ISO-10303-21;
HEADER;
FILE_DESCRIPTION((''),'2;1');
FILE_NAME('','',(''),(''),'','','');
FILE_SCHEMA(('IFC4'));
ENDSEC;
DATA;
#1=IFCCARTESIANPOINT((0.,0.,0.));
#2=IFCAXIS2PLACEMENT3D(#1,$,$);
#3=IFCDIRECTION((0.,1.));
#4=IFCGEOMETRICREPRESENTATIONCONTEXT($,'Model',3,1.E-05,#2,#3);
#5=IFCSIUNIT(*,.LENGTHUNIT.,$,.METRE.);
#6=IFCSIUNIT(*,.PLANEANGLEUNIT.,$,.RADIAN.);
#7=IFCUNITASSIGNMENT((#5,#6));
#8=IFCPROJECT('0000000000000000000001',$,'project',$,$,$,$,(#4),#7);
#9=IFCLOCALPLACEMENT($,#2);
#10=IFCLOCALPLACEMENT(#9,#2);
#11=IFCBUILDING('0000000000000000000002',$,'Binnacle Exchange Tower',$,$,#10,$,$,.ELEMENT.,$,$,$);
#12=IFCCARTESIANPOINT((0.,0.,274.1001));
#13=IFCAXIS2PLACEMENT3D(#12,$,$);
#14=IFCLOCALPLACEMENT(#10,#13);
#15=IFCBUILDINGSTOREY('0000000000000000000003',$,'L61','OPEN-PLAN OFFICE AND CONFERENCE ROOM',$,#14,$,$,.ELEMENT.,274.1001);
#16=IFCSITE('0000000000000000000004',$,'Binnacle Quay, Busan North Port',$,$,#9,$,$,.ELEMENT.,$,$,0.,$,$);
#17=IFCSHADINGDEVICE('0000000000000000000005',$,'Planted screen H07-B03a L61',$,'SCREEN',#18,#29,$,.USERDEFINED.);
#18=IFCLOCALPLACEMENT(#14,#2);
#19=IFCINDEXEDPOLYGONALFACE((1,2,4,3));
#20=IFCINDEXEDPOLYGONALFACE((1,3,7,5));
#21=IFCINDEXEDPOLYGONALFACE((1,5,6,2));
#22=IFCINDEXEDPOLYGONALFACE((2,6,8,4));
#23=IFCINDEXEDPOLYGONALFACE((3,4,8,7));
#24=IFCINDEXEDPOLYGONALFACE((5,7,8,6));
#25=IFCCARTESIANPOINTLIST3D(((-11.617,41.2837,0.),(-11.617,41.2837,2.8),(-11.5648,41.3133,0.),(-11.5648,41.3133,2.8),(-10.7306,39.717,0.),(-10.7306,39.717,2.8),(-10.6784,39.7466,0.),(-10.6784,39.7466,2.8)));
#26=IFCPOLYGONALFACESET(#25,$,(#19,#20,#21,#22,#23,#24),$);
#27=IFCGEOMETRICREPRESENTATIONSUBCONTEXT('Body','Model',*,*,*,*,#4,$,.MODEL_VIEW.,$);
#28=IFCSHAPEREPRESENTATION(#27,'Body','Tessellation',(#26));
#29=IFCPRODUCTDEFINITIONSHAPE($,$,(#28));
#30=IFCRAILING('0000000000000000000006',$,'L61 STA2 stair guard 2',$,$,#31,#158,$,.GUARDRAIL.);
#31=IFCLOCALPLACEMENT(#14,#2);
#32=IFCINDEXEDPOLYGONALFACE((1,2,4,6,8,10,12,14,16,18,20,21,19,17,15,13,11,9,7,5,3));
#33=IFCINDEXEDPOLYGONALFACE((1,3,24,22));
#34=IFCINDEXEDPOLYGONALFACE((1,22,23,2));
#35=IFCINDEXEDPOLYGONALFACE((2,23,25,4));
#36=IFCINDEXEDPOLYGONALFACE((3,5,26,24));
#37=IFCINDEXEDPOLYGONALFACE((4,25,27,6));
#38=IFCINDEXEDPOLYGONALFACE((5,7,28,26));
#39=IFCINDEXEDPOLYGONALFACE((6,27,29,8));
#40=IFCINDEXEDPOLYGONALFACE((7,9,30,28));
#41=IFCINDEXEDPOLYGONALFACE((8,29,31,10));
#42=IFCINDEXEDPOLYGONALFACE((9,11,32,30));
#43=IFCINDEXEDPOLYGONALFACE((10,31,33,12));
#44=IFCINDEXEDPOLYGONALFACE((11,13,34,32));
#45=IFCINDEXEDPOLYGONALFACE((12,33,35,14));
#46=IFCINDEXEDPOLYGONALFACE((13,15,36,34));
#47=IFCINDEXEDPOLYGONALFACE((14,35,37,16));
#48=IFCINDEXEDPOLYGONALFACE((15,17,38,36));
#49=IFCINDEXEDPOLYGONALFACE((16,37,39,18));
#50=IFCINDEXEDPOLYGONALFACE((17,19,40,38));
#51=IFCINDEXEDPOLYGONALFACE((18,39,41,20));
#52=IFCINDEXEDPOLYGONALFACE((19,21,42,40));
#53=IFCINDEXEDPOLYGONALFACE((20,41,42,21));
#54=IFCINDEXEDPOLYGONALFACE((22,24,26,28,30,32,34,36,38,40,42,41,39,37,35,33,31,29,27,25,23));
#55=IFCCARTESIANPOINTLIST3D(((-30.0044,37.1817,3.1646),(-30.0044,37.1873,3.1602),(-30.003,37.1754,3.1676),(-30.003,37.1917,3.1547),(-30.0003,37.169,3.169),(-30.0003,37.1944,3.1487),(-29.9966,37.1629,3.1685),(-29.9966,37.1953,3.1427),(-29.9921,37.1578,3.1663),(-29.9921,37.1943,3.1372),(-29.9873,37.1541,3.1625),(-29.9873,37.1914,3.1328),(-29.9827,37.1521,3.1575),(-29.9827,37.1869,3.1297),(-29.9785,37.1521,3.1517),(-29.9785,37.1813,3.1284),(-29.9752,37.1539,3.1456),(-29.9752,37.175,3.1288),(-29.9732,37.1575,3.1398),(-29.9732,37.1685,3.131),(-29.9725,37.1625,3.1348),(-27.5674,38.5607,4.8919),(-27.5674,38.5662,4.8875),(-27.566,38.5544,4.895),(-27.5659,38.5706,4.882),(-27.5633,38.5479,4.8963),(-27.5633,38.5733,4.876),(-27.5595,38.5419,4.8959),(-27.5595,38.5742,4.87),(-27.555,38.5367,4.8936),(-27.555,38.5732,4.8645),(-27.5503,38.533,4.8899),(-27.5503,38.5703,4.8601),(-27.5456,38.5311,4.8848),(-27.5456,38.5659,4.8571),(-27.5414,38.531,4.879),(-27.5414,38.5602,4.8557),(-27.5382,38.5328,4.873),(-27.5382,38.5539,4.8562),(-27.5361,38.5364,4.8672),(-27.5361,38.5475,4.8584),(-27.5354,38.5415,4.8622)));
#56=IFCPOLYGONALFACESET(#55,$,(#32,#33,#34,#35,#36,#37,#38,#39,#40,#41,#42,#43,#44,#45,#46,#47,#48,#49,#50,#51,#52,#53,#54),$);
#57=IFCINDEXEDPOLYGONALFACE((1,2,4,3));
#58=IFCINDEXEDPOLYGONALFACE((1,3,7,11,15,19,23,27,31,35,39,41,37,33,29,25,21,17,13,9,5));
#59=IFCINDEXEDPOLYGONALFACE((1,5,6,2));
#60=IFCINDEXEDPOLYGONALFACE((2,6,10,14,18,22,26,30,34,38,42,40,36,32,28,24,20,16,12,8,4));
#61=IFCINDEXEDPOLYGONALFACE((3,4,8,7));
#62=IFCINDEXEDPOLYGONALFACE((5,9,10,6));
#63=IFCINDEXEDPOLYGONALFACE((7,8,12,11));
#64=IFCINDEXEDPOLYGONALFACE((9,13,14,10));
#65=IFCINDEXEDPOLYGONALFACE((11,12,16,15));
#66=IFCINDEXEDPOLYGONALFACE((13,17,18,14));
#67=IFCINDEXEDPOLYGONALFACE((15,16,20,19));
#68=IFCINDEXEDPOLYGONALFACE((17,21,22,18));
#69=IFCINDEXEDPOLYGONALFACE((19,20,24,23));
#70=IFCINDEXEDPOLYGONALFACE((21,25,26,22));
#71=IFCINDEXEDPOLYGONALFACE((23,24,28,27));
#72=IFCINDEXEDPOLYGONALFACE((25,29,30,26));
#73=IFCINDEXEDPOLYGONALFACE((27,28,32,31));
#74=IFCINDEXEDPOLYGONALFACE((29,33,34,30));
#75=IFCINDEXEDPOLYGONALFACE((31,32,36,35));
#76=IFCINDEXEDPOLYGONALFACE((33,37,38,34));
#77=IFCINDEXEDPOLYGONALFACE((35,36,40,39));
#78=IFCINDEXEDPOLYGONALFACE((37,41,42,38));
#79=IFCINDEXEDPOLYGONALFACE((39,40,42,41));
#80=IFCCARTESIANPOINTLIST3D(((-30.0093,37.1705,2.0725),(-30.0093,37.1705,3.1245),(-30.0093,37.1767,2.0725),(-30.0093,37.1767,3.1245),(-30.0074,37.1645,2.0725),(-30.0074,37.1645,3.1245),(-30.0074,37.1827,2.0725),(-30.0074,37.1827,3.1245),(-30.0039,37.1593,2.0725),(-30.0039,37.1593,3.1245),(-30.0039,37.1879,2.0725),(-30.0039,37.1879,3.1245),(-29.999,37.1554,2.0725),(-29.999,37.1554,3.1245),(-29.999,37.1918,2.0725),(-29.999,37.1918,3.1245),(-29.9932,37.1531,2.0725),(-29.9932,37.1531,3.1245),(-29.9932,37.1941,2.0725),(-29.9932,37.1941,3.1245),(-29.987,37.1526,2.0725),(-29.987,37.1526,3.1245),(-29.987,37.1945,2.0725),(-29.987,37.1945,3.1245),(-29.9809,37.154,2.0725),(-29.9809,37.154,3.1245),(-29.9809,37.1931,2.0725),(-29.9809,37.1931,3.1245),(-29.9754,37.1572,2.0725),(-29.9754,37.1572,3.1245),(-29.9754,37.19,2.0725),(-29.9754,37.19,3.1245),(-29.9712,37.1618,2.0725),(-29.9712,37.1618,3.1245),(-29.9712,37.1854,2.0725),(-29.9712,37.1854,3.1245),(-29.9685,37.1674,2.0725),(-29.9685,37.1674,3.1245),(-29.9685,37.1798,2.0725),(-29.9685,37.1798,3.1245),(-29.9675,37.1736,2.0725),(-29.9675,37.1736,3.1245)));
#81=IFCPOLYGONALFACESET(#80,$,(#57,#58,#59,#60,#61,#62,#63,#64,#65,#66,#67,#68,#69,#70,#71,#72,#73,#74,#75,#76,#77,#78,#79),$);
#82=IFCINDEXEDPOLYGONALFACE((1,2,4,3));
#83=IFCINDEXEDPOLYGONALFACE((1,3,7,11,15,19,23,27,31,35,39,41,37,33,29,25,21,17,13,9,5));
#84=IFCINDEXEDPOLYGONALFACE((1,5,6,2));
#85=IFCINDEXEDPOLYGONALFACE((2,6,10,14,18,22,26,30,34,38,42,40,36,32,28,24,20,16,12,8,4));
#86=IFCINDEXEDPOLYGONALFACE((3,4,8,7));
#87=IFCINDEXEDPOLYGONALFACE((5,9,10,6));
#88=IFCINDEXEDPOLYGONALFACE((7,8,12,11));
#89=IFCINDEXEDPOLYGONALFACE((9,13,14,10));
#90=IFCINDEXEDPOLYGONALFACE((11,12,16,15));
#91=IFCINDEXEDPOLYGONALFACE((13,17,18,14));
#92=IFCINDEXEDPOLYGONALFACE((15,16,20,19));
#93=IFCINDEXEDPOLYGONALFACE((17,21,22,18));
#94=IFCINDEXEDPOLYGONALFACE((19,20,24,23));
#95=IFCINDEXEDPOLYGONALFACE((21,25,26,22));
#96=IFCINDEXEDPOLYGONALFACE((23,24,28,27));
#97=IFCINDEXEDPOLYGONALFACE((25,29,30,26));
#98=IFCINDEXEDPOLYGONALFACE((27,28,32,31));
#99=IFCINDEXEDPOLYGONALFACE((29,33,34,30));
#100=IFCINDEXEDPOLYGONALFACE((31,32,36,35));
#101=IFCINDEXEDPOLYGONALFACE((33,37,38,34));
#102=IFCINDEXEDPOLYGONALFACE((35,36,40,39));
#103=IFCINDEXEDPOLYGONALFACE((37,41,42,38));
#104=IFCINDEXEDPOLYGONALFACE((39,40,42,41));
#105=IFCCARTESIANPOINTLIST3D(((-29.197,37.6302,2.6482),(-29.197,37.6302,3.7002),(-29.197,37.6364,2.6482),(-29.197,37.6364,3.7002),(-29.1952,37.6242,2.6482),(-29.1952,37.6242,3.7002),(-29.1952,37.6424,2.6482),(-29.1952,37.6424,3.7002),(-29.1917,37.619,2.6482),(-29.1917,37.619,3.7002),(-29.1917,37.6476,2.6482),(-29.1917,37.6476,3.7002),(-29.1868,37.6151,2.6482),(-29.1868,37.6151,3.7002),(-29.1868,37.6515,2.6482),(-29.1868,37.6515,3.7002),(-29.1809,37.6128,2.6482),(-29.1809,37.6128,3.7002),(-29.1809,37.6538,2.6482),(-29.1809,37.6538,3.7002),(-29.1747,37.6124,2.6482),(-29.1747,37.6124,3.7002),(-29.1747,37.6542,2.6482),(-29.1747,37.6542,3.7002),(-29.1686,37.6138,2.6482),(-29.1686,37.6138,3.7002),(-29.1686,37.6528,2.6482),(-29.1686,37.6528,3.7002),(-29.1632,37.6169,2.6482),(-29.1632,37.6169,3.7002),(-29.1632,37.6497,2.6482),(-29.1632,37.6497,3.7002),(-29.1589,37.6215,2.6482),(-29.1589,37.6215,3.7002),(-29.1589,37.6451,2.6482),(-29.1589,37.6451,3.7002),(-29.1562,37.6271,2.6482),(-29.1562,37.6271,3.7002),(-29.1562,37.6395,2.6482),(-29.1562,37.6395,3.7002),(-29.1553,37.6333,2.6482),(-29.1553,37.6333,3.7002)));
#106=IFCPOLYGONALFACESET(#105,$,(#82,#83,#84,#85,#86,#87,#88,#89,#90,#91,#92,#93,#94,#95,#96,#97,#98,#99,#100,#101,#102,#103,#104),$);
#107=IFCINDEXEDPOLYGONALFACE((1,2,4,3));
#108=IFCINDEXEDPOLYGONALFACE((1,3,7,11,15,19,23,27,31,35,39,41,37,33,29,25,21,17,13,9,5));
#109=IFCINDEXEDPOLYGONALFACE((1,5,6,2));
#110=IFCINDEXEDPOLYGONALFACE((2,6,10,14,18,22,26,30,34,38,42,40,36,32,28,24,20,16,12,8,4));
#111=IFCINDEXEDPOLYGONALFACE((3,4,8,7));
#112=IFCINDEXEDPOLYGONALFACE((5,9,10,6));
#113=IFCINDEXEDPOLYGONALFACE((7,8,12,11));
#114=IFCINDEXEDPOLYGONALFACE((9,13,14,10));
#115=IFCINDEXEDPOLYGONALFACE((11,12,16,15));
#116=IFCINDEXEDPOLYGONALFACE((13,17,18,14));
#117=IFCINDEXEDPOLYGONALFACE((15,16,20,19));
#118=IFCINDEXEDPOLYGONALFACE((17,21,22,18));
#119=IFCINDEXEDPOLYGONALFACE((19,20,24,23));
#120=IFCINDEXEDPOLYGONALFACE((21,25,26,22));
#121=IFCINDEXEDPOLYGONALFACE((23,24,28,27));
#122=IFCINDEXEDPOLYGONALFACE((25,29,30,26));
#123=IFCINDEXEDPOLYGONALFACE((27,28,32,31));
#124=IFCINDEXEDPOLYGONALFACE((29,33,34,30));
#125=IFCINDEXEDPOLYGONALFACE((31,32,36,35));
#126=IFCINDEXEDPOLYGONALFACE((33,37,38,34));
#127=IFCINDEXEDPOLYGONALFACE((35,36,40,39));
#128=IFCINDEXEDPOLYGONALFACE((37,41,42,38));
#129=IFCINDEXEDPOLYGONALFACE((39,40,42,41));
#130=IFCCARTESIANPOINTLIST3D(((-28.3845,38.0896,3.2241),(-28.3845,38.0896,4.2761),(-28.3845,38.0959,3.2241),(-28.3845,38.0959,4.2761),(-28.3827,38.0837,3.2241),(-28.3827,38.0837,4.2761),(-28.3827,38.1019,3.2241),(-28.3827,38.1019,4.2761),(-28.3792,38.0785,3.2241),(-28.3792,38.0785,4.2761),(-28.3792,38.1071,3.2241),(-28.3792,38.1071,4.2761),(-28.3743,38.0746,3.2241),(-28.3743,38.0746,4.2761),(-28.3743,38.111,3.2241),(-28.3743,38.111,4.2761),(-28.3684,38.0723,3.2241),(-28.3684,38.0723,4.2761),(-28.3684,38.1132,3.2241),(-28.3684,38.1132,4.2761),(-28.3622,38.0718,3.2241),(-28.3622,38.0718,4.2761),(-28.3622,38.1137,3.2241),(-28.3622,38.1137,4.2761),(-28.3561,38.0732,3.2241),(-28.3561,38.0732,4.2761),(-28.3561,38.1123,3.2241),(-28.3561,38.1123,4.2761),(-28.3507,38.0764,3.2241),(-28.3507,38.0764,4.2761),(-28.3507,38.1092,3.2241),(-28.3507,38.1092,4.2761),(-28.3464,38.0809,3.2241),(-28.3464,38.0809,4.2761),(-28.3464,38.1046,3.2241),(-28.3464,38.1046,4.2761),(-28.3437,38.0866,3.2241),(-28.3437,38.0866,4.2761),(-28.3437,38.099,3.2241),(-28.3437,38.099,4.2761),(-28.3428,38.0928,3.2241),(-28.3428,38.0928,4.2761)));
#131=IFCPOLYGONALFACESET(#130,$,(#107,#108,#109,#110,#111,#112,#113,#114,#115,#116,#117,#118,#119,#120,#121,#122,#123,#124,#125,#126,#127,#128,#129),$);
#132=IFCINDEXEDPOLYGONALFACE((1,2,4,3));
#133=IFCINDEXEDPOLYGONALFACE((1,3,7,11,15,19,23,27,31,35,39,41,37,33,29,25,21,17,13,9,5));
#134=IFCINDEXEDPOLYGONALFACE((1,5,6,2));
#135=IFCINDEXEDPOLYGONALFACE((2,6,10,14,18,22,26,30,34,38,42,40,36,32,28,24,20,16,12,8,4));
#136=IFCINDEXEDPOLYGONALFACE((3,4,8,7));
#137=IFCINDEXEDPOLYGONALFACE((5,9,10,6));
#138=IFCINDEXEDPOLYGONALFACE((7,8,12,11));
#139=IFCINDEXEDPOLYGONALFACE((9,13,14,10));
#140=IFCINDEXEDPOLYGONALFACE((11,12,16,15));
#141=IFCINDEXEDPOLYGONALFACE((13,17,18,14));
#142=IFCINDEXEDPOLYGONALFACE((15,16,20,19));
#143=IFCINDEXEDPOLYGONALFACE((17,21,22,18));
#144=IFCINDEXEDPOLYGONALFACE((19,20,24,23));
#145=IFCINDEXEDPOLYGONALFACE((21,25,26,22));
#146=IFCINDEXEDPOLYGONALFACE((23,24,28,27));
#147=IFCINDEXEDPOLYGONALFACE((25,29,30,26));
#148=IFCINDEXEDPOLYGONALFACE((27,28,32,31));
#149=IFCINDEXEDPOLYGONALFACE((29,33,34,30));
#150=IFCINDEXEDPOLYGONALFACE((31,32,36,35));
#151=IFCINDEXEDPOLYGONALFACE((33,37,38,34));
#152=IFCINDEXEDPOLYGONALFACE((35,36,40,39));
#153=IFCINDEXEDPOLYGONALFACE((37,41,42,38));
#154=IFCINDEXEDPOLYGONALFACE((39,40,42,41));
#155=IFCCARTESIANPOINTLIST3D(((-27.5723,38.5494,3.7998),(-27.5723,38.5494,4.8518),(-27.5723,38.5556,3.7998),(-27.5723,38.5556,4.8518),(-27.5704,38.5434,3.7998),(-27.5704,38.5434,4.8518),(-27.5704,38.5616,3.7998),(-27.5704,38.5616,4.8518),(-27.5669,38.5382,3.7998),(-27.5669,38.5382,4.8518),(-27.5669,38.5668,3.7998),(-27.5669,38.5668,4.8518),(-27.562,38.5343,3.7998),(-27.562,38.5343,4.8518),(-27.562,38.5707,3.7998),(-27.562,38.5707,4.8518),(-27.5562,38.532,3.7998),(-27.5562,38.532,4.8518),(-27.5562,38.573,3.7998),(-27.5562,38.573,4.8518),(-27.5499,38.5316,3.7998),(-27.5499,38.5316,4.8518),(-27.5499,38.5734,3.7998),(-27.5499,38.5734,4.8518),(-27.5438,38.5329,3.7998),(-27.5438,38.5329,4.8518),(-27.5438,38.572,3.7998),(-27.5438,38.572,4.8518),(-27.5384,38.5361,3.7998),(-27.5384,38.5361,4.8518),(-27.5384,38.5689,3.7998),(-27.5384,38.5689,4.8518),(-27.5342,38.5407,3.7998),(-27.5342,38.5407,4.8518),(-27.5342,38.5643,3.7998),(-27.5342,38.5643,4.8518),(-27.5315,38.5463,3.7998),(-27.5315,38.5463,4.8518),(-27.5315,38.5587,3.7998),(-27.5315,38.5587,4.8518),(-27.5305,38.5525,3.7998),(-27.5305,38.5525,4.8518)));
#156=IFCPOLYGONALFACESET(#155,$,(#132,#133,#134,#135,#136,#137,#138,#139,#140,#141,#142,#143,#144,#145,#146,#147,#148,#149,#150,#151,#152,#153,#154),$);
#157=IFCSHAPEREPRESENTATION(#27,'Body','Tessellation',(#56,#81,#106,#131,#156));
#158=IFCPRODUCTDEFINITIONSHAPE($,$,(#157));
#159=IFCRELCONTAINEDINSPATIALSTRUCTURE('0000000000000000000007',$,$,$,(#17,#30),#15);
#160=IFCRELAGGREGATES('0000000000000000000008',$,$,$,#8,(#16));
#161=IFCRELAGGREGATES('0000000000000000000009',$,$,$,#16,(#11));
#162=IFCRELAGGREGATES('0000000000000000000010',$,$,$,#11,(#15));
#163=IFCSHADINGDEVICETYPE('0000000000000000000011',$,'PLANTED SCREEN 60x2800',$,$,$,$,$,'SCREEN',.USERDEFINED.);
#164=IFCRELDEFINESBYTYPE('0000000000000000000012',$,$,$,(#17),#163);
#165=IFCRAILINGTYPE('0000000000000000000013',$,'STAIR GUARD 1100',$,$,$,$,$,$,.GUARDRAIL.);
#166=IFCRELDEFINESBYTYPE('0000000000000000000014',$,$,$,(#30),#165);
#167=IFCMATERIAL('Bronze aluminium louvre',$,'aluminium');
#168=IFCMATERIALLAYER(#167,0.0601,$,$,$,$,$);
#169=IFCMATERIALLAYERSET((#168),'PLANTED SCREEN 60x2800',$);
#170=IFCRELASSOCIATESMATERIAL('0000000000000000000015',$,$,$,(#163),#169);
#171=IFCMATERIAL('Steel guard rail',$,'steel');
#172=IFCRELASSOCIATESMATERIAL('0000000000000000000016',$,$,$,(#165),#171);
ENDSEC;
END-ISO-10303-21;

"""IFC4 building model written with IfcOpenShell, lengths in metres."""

from ifc_helpers import new_model, si_unit, direction, frame, origin, origin_2d, place, context, subcontext, project, spatial, rectangle, circle, extrude, material, layer, layer_set, type_object, element, save


model = new_model("IFC4")

# Units and contexts
model_context = context("Model", 3, precision=1e-05, world=origin(), true_north=direction((0.0, 1.0)))
body_context = subcontext(model_context, "Body", "Model", "MODEL_VIEW")
ifc_project = project(units=[si_unit("LENGTHUNIT", "METRE"), si_unit("PLANEANGLEUNIT", "RADIAN")], contexts=[model_context])

# Site, building, storey
site_placement = place(None, origin())
site = spatial("IfcSite", under=ifc_project, at=site_placement, Name="Binnacle Quay, Busan North Port", CompositionType="ELEMENT", RefElevation=0.0)
building_placement = place(site_placement, origin())
building = spatial("IfcBuilding", under=site, at=building_placement, Name="Binnacle Exchange Tower", CompositionType="ELEMENT")
storey_placement = place(building_placement, frame((0.0, 0.0, 274.1001)))
storey = spatial("IfcBuildingStorey", under=building, at=storey_placement, Name="L61", Description="OPEN-PLAN OFFICE AND CONFERENCE ROOM", CompositionType="ELEMENT", Elevation=274.1001)

# Shading device
ifc_material_1 = material(Name="Bronze aluminium louvre", Category="aluminium")
ifc_layer_1 = layer(ifc_material_1, 0.0601)
ifc_layer_set_1 = layer_set([ifc_layer_1], Name="PLANTED SCREEN 60x2800")
shading_device_type = type_object("IfcShadingDeviceType", Name="PLANTED SCREEN 60x2800", ElementType="SCREEN", PredefinedType="USERDEFINED", material=ifc_layer_set_1)
for number, where, z_axis, x_axis, name in (
    (1, (-11.1477, 40.5151, 0.0), (0.0, 0.0, 1.0), (0.870356, 0.492424, 0.0), "Planted screen H07-B03a L61"),
):
    element("IfcShadingDevice", number, at=place(storey_placement, frame(where, z_axis=z_axis, x_axis=x_axis)), inside=storey, type_object=shading_device_type, Name=name, ObjectType="SCREEN", PredefinedType="USERDEFINED", context=body_context, shape_type="SweptSolid", body=[
        extrude(rectangle(XDim=0.0601, YDim=1.8, at=origin_2d()), origin(), (0.0, 0.0, 1.0), 2.8),
    ])

# Railing
ifc_material_2 = material(Name="Steel guard rail", Category="steel")
railing_type_1 = type_object("IfcRailingType", Name="STAIR GUARD 1100", PredefinedType="GUARDRAIL", material=ifc_material_2)
railing_1_placement = place(storey_placement, frame((-29.9885, 37.1736, 2.0725)))
element("IfcRailing", 2, at=railing_1_placement, inside=storey, type_object=railing_type_1, Name="L61 STA2 stair guard 2", PredefinedType="GUARDRAIL", context=body_context, shape_type="SweptSolid", body=[
    extrude(circle(Radius=0.0239, at=origin_2d()), frame((0.0, 0.0, 1.0762), z_axis=(0.740738, 0.419123, 0.525017), x_axis=(-0.492454, 0.870339, 0.0)), (0.0, 0.0, 1.0), 3.29),
    extrude(circle(Radius=0.021, at=origin_2d()), origin(), (0.0, 0.0, 1.0), 1.052),
    extrude(circle(Radius=0.021, at=origin_2d()), frame((0.8123, 0.4597, 0.5757)), (0.0, 0.0, 1.0), 1.052),
    extrude(circle(Radius=0.021, at=origin_2d()), frame((1.6248, 0.9192, 1.1516)), (0.0, 0.0, 1.0), 1.052),
    extrude(circle(Radius=0.021, at=origin_2d()), frame((2.437, 1.3789, 1.7273)), (0.0, 0.0, 1.0), 1.052),
])

save(model, "model.ifc")
